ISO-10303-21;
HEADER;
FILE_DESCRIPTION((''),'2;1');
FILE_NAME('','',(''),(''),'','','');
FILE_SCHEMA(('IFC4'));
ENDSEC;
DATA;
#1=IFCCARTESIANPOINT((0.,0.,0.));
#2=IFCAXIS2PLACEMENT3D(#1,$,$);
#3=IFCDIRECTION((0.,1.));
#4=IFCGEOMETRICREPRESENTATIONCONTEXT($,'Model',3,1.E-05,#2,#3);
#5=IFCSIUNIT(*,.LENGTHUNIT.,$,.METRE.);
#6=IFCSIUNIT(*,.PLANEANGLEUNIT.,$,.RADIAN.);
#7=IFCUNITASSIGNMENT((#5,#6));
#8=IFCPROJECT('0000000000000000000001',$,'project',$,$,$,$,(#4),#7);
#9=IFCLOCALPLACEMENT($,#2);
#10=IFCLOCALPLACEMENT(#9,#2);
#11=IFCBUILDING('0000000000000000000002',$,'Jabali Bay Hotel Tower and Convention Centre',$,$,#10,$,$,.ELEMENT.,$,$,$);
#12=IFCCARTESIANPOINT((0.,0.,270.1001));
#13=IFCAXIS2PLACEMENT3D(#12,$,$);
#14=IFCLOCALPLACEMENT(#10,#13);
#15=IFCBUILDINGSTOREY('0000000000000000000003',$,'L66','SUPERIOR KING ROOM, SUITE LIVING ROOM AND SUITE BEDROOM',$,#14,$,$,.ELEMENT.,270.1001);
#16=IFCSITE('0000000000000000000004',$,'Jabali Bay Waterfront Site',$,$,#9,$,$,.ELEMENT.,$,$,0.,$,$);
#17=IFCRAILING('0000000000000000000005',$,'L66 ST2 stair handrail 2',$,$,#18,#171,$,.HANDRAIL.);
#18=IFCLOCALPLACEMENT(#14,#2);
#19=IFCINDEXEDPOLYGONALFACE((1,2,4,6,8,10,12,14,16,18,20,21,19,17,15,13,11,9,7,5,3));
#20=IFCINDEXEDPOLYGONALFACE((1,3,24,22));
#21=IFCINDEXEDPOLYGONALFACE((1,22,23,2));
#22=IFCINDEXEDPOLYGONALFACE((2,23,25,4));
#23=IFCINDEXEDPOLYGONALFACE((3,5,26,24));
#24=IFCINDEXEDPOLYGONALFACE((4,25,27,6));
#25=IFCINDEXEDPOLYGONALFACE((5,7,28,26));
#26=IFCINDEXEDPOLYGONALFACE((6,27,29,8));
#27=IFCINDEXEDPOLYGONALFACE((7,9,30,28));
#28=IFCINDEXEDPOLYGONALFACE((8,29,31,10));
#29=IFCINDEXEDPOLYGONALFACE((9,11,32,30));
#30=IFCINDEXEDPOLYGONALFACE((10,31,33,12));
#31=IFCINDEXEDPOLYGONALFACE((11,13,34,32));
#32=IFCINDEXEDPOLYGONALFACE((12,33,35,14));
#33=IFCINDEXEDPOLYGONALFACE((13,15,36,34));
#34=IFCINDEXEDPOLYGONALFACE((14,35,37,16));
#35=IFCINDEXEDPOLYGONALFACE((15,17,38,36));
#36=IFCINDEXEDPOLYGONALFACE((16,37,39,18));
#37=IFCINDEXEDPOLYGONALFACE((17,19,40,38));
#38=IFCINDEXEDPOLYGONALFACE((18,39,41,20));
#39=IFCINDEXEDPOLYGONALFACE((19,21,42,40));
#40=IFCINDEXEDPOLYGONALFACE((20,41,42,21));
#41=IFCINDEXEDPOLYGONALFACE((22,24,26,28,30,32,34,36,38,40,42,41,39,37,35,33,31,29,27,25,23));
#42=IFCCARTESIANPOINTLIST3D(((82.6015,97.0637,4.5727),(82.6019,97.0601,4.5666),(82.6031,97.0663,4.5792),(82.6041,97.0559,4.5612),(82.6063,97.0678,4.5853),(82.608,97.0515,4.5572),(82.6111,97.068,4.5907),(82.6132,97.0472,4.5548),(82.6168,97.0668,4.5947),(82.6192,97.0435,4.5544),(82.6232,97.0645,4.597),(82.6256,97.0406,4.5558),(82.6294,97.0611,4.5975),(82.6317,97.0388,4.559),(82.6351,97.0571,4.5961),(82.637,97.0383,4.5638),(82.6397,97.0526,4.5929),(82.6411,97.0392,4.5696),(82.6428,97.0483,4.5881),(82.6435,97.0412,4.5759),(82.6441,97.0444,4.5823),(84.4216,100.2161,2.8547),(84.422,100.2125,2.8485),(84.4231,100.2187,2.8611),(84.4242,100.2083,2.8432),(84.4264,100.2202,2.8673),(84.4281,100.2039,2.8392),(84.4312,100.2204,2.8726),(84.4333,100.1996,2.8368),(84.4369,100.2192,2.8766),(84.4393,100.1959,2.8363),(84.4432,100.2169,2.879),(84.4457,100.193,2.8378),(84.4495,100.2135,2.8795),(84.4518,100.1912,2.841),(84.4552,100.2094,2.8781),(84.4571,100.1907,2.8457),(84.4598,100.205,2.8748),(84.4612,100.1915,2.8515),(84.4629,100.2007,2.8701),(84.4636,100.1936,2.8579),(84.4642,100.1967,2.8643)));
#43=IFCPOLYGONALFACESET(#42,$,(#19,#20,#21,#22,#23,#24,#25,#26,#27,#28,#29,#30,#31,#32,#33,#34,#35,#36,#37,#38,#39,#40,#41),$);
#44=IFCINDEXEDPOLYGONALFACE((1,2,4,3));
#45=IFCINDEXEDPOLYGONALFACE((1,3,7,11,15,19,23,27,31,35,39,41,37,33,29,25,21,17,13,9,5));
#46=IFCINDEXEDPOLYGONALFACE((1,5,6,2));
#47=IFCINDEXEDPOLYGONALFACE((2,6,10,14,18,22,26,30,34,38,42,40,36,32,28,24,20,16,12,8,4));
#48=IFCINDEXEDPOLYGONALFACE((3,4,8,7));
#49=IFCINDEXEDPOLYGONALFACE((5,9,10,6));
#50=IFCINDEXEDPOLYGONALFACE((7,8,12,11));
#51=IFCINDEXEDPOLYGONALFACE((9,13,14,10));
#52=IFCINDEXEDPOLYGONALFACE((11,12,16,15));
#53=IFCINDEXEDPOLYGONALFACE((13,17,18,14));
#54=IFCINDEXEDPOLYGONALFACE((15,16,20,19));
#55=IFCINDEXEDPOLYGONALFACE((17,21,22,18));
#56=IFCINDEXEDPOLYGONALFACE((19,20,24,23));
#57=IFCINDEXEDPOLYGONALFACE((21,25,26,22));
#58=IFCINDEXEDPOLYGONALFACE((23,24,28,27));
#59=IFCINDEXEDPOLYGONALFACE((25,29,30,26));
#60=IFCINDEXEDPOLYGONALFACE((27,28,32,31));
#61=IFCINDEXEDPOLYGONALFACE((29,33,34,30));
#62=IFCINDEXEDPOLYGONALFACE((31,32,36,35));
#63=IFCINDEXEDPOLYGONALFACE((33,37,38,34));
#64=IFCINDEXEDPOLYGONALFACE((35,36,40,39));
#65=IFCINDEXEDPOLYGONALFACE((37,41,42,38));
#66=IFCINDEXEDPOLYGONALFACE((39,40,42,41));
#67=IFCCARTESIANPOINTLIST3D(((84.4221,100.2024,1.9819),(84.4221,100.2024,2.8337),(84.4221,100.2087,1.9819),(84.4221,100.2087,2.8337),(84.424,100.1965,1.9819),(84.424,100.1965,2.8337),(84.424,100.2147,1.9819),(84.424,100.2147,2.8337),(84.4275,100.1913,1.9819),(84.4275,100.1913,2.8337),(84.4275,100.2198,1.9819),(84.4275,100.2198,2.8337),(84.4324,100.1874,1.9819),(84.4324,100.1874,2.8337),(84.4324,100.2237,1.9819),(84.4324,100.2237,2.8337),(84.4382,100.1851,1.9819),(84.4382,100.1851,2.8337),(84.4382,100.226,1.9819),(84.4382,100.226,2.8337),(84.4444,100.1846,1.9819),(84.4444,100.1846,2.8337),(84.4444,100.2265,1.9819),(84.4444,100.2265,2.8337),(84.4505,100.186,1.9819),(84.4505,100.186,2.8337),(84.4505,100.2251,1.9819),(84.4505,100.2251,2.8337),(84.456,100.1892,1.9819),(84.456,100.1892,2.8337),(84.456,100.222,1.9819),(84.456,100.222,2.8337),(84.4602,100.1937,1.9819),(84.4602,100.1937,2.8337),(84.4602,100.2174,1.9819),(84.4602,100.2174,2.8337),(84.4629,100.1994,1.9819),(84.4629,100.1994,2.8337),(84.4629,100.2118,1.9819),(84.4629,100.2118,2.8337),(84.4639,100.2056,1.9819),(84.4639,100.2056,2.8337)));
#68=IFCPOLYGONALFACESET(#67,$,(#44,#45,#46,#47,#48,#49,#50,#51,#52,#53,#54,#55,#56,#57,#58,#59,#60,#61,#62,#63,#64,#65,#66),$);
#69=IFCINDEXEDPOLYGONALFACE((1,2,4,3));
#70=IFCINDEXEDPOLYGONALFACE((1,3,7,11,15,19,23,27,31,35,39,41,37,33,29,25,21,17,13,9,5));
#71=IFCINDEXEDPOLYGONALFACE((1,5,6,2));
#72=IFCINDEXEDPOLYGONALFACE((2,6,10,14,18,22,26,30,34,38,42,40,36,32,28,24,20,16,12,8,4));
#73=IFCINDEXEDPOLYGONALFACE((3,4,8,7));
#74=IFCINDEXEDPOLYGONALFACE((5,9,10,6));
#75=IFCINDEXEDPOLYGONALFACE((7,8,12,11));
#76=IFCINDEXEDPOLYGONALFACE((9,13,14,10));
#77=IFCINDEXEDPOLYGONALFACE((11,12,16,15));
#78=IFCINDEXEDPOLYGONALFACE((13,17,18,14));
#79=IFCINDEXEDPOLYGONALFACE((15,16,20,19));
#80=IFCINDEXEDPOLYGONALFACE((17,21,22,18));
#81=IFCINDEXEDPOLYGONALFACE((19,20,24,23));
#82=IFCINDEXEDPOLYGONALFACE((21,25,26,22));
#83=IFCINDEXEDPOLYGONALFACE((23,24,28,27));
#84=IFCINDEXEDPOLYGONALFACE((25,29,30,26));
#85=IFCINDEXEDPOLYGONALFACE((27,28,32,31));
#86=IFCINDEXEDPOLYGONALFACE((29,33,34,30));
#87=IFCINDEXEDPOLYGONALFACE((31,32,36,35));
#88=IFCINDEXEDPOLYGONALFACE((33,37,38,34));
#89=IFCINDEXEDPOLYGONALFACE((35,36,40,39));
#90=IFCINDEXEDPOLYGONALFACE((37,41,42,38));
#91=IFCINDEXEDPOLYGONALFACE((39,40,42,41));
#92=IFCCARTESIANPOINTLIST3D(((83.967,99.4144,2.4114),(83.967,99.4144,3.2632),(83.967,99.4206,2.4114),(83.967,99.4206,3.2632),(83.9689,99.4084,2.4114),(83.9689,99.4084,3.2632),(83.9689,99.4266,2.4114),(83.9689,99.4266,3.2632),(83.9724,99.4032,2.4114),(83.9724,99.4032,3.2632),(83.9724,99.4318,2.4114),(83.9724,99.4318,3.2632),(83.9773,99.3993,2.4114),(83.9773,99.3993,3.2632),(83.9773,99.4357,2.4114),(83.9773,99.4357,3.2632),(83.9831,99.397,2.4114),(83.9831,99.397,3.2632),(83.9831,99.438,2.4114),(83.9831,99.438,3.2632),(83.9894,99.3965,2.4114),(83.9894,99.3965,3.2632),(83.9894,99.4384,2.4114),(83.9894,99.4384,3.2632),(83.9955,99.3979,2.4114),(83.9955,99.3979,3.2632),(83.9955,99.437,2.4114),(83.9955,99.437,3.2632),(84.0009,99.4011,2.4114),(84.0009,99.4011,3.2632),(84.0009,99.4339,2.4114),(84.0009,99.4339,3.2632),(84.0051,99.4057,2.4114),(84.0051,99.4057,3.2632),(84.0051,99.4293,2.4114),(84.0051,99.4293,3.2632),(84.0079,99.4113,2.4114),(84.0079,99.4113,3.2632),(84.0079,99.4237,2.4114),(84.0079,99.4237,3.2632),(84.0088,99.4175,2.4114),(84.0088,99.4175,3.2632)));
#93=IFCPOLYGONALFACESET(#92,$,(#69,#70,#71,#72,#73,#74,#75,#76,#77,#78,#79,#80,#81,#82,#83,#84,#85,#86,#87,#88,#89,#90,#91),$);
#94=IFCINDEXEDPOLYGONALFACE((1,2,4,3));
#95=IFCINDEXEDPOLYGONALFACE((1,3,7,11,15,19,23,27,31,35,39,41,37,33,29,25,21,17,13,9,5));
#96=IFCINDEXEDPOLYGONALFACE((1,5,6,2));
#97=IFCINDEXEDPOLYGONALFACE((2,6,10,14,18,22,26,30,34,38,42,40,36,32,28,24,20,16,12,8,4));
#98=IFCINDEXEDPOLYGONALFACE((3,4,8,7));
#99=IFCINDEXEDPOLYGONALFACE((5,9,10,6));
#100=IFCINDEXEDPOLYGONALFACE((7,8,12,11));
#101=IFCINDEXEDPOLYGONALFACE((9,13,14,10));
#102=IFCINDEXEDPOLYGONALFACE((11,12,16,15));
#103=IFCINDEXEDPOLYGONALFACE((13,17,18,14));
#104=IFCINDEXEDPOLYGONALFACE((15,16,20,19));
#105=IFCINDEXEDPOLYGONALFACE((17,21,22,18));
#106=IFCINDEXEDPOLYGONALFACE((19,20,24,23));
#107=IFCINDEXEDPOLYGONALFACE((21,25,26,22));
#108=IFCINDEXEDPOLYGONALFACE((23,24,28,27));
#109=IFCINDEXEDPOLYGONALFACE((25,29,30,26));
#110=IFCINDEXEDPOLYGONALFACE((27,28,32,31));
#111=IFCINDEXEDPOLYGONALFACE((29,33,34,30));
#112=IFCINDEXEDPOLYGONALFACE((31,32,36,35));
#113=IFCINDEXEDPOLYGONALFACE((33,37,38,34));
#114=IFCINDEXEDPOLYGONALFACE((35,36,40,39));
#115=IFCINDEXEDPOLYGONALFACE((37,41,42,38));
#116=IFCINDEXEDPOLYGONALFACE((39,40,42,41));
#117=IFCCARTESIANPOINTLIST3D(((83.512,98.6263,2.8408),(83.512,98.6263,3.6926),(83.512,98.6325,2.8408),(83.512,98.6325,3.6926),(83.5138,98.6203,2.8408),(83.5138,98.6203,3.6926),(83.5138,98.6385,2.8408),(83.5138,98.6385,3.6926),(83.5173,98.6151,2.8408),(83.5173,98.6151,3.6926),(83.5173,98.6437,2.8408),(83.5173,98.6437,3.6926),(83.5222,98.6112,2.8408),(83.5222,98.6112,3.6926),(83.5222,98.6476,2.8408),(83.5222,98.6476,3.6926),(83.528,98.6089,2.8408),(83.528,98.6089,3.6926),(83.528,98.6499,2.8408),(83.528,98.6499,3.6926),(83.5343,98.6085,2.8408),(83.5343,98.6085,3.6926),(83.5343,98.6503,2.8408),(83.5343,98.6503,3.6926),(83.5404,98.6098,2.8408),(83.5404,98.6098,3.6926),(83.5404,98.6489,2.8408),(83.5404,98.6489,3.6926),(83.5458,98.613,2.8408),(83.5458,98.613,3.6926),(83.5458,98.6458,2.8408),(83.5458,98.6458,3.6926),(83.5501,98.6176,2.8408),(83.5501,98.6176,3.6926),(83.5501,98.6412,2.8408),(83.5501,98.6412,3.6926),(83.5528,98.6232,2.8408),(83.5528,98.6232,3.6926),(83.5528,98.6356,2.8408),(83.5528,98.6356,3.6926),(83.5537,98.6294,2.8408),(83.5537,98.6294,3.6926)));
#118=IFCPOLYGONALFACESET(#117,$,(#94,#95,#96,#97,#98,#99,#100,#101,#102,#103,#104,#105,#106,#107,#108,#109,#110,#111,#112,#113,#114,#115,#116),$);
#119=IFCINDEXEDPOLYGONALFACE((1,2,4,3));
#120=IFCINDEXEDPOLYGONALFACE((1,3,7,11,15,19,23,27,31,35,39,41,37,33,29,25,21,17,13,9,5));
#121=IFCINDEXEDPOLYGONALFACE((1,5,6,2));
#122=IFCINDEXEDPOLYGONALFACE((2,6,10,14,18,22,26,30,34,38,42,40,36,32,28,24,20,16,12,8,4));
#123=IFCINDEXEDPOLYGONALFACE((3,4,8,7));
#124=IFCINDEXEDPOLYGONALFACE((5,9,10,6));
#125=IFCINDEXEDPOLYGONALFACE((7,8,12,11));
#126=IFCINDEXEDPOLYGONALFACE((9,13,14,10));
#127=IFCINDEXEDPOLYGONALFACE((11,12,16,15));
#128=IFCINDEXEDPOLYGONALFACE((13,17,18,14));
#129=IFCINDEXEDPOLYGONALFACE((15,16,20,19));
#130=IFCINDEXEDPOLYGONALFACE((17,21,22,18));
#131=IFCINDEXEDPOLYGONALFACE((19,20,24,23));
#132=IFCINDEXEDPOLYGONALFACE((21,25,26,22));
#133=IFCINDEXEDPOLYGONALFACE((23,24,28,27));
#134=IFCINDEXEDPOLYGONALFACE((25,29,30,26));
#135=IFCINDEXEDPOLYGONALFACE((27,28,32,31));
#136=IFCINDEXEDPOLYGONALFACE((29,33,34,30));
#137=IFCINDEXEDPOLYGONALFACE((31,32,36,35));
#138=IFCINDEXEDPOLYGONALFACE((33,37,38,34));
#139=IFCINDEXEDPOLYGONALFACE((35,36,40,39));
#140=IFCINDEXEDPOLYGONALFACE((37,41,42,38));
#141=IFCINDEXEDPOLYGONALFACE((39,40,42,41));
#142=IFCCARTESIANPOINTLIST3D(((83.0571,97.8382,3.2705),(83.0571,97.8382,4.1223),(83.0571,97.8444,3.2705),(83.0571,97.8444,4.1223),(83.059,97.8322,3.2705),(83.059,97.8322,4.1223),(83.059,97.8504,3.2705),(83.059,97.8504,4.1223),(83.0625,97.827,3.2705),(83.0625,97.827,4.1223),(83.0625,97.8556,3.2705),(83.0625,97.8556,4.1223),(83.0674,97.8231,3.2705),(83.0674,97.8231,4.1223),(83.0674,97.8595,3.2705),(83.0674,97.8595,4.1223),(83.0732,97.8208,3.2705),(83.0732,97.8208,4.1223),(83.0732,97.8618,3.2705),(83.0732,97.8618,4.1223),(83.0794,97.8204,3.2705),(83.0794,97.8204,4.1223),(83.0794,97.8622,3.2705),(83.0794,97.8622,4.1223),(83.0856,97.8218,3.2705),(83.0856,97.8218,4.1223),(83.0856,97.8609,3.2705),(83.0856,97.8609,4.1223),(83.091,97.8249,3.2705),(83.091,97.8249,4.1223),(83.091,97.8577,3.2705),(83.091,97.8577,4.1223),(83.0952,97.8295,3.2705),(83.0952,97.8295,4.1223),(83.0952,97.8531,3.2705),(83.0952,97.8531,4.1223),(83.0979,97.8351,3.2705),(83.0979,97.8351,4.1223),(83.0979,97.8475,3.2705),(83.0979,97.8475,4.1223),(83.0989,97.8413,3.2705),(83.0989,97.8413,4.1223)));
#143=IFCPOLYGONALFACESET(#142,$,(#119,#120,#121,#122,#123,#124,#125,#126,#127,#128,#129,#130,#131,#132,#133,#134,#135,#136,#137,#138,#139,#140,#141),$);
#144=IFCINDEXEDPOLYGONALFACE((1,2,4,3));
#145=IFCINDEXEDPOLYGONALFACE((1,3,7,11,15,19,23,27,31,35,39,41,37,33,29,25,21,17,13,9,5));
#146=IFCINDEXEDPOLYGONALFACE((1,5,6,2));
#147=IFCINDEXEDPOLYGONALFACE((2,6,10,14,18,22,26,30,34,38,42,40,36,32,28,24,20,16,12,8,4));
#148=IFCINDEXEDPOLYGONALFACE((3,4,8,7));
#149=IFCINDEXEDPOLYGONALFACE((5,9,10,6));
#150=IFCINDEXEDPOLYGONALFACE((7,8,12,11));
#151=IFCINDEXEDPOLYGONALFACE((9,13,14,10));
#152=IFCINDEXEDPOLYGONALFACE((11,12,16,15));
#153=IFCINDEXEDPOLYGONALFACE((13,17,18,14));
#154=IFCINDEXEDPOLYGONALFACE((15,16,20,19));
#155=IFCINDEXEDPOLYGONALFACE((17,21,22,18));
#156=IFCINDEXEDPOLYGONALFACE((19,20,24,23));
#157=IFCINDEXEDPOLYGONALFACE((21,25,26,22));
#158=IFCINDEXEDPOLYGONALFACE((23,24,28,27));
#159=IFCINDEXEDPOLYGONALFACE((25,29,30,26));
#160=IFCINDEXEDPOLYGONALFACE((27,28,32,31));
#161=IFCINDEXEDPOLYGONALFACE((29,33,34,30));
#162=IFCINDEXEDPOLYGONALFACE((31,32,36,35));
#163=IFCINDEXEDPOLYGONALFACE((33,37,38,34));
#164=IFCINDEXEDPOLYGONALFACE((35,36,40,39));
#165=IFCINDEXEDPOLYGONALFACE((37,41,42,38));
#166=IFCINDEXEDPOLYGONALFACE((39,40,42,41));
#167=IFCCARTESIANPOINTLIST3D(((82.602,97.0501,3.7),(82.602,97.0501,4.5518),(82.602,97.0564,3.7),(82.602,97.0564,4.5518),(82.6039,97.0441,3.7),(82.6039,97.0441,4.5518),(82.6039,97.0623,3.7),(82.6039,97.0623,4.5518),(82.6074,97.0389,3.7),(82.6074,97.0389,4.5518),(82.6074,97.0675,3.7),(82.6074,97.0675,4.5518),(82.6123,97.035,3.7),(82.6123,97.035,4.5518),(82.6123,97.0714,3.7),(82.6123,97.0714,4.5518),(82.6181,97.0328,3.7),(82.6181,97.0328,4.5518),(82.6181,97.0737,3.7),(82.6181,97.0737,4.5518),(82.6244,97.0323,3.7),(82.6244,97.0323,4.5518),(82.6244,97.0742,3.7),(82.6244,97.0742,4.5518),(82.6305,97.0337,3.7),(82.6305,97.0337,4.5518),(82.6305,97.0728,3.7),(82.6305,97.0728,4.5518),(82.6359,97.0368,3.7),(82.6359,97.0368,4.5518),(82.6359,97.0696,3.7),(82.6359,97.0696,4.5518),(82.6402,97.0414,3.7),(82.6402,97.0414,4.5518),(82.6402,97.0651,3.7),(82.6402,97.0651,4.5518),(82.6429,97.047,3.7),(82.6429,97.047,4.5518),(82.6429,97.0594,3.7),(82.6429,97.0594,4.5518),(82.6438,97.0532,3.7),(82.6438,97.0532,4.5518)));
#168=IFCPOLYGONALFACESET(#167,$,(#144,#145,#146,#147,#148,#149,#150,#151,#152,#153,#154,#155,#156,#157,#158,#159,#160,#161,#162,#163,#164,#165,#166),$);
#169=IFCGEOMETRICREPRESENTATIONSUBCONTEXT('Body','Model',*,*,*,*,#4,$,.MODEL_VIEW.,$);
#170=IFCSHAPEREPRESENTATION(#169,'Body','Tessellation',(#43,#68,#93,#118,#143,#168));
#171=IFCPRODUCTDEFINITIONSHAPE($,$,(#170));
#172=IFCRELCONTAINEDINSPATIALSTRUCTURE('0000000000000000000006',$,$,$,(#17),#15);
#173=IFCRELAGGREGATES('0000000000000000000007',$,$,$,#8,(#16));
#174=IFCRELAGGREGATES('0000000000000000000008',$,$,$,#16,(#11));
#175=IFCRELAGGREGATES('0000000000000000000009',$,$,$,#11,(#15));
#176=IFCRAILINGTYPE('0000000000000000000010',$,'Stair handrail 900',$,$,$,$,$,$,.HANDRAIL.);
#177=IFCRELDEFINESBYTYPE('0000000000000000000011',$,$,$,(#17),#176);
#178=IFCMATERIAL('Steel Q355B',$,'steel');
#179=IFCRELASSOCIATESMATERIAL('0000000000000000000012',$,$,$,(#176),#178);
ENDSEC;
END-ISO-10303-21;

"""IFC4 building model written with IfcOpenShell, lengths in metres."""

from ifc_helpers import new_model, si_unit, direction, frame, origin, origin_2d, place, context, subcontext, project, spatial, circle, extrude, material, type_object, element, save


model = new_model("IFC4")

# Units and contexts
model_context = context("Model", 3, precision=1e-05, world=origin(), true_north=direction((0.0, 1.0)))
body_context = subcontext(model_context, "Body", "Model", "MODEL_VIEW")
ifc_project = project(units=[si_unit("LENGTHUNIT", "METRE"), si_unit("PLANEANGLEUNIT", "RADIAN")], contexts=[model_context])

# Site, building, storey
site_placement = place(None, origin())
site = spatial("IfcSite", under=ifc_project, at=site_placement, Name="Jabali Bay Waterfront Site", CompositionType="ELEMENT", RefElevation=0.0)
building_placement = place(site_placement, origin())
building = spatial("IfcBuilding", under=site, at=building_placement, Name="Jabali Bay Hotel Tower and Convention Centre", CompositionType="ELEMENT")
storey_placement = place(building_placement, frame((0.0, 0.0, 270.1001)))
storey = spatial("IfcBuildingStorey", under=building, at=storey_placement, Name="L66", Description="SUPERIOR KING ROOM, SUITE LIVING ROOM AND SUITE BEDROOM", CompositionType="ELEMENT", Elevation=270.1001)

# Railing
ifc_material_1 = material(Name="Steel Q355B", Category="steel")
railing_type = type_object("IfcRailingType", Name="Stair handrail 900", PredefinedType="HANDRAIL", material=ifc_material_1)
railing_placement = place(storey_placement, frame((84.4429, 100.2056, 1.9819)))
element("IfcRailing", 1, at=railing_placement, inside=storey, type_object=railing_type, Name="L66 ST2 stair handrail 2", PredefinedType="HANDRAIL", context=body_context, shape_type="SweptSolid", body=[
    extrude(circle(Radius=0.0239, at=origin_2d()), frame((0.0, 0.0, 0.876), z_axis=(-0.452179, -0.78317, 0.426825), x_axis=(0.866018, -0.500013, 0.0)), (0.0, 0.0, 1.0), 4.0251),
    extrude(circle(Radius=0.021, at=origin_2d()), origin(), (0.0, 0.0, 1.0), 0.8518),
    extrude(circle(Radius=0.021, at=origin_2d()), frame((-0.4551, -0.7881, 0.4294)), (0.0, 0.0, 1.0), 0.8518),
    extrude(circle(Radius=0.021, at=origin_2d()), frame((-0.9102, -1.5762, 0.8589)), (0.0, 0.0, 1.0), 0.8518),
    extrude(circle(Radius=0.021, at=origin_2d()), frame((-1.365, -2.3643, 1.2886)), (0.0, 0.0, 1.0), 0.8518),
    extrude(circle(Radius=0.021, at=origin_2d()), frame((-1.8201, -3.1523, 1.718)), (0.0, 0.0, 1.0), 0.8518),
])

save(model, "model.ifc")
